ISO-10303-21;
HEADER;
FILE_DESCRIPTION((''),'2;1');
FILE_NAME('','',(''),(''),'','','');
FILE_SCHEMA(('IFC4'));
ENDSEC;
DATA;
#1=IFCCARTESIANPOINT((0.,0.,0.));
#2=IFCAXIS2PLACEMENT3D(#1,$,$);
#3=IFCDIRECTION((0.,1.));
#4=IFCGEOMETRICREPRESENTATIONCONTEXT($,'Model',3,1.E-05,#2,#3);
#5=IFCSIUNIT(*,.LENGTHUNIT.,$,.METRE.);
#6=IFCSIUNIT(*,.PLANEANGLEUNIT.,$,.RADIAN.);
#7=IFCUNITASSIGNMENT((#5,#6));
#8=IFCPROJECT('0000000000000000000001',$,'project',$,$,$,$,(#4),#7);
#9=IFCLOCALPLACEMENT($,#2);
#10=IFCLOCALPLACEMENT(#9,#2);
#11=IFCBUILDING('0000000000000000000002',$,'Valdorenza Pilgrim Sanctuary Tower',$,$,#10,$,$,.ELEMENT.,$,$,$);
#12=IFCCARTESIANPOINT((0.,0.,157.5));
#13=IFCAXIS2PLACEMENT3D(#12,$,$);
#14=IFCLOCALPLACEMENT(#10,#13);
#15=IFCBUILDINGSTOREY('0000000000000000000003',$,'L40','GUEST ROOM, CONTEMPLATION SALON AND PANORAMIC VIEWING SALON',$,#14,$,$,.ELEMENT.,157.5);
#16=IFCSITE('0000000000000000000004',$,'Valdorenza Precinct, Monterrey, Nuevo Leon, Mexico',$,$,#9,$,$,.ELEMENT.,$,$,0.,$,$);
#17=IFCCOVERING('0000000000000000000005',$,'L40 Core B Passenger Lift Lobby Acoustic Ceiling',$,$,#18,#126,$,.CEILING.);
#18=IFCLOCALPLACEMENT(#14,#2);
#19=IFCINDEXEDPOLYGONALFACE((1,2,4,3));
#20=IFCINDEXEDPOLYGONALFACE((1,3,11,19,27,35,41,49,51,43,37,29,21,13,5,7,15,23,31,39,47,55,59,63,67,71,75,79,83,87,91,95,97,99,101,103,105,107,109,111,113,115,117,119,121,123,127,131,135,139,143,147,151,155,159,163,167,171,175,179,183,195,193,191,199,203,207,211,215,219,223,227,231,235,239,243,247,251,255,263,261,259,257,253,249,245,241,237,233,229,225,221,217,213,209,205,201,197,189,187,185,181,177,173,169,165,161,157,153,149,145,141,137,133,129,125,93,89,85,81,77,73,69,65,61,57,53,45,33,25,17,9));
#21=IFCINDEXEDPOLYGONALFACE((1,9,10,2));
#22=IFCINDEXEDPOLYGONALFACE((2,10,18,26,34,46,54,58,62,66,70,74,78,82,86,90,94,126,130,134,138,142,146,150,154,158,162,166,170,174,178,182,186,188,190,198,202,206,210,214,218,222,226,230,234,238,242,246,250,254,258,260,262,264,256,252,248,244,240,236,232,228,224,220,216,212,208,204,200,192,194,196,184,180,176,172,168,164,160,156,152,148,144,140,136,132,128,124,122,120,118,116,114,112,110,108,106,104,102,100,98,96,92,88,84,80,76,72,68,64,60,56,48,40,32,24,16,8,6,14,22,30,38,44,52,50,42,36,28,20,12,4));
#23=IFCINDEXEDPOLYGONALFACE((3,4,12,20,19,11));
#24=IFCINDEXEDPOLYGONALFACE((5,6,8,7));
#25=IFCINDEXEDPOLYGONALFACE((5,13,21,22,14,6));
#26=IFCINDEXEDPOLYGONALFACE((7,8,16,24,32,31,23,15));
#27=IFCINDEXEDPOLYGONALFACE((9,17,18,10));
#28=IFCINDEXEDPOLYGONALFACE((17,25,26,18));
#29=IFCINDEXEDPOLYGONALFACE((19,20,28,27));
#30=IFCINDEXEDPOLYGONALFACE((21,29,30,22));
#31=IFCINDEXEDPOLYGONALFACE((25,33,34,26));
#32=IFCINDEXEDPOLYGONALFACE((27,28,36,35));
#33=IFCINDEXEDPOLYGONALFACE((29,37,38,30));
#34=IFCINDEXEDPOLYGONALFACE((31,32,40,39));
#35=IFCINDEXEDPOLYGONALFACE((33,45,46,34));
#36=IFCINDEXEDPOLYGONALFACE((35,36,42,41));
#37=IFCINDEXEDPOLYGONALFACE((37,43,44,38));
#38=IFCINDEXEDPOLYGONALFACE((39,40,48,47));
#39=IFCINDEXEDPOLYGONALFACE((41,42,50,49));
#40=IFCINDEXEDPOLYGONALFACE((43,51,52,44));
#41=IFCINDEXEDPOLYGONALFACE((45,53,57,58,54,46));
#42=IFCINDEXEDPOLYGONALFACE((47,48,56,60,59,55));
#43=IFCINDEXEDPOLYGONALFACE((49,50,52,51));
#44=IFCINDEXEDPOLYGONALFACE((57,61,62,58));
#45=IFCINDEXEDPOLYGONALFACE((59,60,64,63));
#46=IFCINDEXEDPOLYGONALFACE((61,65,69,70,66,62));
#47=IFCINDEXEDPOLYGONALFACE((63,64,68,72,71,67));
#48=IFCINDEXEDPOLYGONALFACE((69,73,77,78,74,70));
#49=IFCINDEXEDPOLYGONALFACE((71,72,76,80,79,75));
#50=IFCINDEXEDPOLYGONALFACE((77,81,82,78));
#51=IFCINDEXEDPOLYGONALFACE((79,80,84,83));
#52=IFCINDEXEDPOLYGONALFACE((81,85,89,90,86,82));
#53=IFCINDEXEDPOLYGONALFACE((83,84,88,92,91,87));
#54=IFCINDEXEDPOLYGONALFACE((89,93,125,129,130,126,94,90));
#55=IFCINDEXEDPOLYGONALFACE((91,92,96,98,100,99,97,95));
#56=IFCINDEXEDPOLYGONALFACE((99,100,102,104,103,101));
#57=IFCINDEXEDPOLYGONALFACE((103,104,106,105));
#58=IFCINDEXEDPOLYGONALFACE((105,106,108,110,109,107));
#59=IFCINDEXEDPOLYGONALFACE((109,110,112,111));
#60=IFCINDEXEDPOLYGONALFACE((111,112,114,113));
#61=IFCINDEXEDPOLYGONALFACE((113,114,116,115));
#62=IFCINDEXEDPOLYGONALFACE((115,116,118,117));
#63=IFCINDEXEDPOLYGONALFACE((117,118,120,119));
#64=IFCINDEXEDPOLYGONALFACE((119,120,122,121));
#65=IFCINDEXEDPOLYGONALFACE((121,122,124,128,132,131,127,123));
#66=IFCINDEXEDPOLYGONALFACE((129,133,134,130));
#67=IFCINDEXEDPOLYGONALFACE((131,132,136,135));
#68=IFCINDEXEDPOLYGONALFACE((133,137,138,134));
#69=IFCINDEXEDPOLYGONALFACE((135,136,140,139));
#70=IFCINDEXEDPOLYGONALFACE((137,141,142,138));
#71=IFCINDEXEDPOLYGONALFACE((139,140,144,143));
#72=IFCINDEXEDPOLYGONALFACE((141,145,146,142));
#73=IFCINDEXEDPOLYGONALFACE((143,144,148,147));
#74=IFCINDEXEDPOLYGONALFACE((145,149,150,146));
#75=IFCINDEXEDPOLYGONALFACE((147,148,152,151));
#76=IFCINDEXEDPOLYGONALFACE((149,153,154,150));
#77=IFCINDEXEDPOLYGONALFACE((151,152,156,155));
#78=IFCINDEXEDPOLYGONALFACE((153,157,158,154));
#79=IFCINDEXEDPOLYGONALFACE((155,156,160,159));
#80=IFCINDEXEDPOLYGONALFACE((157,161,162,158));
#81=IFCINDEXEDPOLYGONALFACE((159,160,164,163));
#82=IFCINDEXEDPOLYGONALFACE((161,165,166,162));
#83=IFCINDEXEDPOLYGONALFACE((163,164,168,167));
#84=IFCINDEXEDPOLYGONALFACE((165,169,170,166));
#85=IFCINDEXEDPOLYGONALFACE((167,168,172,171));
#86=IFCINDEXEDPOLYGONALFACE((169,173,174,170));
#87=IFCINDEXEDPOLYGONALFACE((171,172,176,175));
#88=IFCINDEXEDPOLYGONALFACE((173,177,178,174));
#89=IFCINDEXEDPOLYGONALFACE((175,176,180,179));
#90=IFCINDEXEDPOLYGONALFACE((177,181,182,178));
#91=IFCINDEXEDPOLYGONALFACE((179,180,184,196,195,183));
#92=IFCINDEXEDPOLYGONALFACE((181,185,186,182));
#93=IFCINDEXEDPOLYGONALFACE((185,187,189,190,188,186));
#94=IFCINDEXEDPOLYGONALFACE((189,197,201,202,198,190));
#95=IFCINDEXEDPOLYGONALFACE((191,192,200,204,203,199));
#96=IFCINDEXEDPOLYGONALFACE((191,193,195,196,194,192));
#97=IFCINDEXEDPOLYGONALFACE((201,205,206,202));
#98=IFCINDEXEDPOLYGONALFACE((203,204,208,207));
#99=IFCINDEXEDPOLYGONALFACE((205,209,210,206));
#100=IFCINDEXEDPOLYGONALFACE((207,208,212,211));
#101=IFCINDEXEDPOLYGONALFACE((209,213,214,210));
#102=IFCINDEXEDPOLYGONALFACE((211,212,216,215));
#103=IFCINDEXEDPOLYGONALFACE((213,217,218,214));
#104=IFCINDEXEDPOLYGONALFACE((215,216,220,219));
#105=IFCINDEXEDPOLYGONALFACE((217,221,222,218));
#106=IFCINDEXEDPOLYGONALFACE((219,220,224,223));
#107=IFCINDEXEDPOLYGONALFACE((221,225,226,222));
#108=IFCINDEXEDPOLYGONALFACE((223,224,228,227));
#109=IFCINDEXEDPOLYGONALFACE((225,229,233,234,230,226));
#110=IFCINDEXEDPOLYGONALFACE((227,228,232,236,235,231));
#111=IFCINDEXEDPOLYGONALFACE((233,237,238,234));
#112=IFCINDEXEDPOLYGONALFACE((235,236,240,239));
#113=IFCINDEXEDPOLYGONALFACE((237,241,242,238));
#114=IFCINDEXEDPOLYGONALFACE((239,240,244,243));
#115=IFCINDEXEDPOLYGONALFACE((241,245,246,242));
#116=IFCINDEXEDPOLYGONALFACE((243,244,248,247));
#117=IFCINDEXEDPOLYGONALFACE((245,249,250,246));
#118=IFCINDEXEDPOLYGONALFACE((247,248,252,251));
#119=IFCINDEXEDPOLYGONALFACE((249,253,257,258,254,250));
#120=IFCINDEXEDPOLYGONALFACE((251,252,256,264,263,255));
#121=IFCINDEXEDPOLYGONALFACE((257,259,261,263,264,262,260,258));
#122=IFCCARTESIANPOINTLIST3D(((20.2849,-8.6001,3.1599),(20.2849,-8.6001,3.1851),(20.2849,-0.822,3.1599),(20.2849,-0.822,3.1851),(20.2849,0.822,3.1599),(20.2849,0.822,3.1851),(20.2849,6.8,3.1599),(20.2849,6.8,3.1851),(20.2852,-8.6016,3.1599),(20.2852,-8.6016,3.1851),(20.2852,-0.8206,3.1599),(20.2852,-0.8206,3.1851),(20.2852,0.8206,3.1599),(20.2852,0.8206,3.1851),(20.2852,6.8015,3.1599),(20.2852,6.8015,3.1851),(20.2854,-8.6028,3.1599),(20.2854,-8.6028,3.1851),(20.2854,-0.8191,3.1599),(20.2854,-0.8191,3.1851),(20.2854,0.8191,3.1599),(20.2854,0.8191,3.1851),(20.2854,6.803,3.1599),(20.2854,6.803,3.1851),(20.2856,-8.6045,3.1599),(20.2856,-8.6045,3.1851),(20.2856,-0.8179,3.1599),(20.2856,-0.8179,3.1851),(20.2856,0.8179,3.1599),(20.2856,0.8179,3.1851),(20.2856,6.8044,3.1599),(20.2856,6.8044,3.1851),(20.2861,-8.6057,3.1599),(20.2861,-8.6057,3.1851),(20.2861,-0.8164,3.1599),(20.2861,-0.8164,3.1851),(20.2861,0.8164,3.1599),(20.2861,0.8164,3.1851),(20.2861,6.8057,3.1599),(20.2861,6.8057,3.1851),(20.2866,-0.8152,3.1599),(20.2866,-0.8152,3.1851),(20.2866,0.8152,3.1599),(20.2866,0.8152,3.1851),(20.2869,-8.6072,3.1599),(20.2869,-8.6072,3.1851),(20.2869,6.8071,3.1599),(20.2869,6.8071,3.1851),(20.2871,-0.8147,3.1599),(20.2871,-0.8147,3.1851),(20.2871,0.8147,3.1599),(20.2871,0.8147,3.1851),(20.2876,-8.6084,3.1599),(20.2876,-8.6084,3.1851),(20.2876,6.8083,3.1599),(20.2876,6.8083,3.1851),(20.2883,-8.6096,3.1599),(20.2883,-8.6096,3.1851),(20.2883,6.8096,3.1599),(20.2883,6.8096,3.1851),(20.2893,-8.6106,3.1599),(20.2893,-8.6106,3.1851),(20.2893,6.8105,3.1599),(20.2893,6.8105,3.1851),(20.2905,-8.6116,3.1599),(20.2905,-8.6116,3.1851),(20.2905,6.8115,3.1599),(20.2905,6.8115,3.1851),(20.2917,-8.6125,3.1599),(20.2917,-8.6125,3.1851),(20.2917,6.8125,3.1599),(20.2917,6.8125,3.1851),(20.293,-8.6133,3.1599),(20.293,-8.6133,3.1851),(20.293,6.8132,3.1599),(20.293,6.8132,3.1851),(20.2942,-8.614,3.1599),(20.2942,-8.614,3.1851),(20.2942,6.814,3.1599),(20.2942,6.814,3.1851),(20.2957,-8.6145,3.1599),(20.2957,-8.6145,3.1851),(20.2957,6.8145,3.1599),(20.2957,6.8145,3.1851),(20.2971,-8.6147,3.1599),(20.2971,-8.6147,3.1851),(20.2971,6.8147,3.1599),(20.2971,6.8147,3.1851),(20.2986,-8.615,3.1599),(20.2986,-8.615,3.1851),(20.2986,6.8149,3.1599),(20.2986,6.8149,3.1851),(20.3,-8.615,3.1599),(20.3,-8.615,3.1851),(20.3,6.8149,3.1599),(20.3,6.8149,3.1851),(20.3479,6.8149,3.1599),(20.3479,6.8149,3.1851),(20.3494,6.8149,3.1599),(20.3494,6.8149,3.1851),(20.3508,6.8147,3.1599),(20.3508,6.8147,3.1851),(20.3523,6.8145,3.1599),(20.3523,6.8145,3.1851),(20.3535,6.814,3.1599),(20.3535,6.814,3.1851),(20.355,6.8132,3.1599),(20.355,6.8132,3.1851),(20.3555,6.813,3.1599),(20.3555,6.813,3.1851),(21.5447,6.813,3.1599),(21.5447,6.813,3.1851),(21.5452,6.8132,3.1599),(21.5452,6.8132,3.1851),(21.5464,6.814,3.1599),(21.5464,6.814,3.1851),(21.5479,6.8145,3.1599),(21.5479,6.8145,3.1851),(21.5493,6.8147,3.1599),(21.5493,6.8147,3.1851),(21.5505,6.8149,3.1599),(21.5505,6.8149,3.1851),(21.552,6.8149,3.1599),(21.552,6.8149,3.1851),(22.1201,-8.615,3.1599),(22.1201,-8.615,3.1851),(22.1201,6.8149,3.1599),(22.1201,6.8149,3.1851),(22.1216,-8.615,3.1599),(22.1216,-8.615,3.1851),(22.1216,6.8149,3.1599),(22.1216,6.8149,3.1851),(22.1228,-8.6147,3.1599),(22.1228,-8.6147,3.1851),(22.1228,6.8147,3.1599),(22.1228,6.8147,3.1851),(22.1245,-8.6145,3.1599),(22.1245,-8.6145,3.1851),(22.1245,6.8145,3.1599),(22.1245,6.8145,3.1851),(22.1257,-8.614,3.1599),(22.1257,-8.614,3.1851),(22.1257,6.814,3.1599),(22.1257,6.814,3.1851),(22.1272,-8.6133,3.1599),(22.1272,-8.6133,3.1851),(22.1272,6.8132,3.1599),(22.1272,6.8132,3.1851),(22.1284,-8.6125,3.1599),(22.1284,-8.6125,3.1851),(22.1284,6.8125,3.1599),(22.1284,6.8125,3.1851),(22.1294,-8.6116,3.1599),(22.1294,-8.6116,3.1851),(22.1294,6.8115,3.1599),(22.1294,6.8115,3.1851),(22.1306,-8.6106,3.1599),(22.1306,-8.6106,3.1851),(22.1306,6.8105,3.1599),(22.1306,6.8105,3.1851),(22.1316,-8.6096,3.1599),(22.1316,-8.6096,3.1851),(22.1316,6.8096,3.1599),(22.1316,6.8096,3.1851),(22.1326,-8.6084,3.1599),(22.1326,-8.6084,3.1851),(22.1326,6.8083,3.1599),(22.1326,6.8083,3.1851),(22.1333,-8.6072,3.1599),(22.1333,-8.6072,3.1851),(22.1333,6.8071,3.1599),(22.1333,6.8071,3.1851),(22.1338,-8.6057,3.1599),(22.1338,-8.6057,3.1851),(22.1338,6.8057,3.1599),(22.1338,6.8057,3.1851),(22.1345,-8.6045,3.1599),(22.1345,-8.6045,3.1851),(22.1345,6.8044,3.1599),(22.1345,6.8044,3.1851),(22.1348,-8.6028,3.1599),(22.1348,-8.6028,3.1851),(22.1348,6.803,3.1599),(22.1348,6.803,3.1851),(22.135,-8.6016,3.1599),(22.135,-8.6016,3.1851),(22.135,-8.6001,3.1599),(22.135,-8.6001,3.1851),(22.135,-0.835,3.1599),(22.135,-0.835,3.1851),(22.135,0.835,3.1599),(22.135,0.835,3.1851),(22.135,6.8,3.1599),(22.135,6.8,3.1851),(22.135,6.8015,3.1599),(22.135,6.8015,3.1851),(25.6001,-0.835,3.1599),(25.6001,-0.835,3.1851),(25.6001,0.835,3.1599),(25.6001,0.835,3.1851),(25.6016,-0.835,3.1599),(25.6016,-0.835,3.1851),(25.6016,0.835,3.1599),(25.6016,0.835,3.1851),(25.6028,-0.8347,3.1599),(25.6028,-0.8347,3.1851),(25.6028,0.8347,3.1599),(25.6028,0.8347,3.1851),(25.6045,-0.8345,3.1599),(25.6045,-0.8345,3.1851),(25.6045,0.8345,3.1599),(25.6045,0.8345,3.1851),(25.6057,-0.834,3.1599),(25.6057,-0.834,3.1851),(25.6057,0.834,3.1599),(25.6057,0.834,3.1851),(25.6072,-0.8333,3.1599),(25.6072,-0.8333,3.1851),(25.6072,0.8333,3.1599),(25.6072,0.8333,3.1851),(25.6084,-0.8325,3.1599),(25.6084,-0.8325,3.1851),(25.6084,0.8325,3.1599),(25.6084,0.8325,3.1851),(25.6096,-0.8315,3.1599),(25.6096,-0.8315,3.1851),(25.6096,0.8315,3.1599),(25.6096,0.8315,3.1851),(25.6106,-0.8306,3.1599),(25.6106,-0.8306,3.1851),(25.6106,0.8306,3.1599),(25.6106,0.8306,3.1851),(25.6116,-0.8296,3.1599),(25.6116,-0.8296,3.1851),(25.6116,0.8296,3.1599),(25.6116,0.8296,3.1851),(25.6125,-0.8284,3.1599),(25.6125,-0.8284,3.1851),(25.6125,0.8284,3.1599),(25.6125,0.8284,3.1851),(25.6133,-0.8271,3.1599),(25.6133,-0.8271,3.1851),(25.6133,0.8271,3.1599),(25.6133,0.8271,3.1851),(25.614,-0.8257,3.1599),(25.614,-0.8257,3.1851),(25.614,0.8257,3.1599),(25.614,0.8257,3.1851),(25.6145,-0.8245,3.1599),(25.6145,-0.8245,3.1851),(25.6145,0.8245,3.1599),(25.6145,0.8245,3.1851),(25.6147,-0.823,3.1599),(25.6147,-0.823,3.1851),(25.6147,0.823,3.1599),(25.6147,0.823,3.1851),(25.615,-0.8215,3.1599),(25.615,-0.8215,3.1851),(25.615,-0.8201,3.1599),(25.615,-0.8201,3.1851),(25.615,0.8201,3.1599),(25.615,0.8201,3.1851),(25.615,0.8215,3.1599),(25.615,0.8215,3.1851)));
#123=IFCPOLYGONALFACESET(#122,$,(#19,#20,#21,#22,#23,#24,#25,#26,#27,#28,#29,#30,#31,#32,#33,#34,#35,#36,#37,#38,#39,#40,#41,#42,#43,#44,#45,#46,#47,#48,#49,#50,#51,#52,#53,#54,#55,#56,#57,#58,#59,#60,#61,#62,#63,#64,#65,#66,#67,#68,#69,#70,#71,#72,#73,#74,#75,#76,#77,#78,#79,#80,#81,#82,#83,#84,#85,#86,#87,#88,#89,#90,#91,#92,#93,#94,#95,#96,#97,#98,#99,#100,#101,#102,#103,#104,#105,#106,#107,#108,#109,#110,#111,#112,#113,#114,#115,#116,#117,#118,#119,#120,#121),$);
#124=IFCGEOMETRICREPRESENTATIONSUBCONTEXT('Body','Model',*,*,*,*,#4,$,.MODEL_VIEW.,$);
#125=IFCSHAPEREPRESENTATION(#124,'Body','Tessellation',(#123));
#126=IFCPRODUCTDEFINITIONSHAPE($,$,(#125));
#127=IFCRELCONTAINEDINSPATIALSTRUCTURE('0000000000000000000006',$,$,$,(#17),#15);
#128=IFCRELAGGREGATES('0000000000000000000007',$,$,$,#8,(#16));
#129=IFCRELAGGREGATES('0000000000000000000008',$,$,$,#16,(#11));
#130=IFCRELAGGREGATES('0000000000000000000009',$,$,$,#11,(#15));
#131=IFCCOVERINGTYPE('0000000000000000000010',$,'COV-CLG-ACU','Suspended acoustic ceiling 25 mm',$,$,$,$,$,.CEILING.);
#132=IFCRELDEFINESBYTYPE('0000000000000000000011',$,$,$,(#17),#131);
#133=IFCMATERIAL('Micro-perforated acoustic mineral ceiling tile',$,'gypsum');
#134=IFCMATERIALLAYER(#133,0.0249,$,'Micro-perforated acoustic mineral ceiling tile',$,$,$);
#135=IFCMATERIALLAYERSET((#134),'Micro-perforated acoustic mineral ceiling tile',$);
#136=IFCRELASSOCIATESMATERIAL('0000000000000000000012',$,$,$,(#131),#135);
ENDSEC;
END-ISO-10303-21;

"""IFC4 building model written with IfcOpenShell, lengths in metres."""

from ifc_helpers import new_model, si_unit, direction, frame, origin, place, context, subcontext, project, spatial, polyline, outline, extrude, material, layer, layer_set, type_object, element, save


model = new_model("IFC4")

# Units and contexts
model_context = context("Model", 3, precision=1e-05, world=origin(), true_north=direction((0.0, 1.0)))
body_context = subcontext(model_context, "Body", "Model", "MODEL_VIEW")
ifc_project = project(units=[si_unit("LENGTHUNIT", "METRE"), si_unit("PLANEANGLEUNIT", "RADIAN")], contexts=[model_context])

# Site, building, storey
site_placement = place(None, origin())
site = spatial("IfcSite", under=ifc_project, at=site_placement, Name="Valdorenza Precinct, Monterrey, Nuevo Leon, Mexico", CompositionType="ELEMENT", RefElevation=0.0)
building_placement = place(site_placement, origin())
building = spatial("IfcBuilding", under=site, at=building_placement, Name="Valdorenza Pilgrim Sanctuary Tower", CompositionType="ELEMENT")
storey_placement = place(building_placement, frame((0.0, 0.0, 157.5)))
storey = spatial("IfcBuildingStorey", under=building, at=storey_placement, Name="L40", Description="GUEST ROOM, CONTEMPLATION SALON AND PANORAMIC VIEWING SALON", CompositionType="ELEMENT", Elevation=157.5)

# Covering
ifc_material_1 = material(Name="Micro-perforated acoustic mineral ceiling tile", Category="gypsum")
ifc_layer_1 = layer(ifc_material_1, 0.0249, Name="Micro-perforated acoustic mineral ceiling tile")
ifc_layer_set_1 = layer_set([ifc_layer_1], Name="Micro-perforated acoustic mineral ceiling tile")
covering_type_1 = type_object("IfcCoveringType", Name="COV-CLG-ACU", Description="Suspended acoustic ceiling 25 mm", PredefinedType="CEILING", material=ifc_layer_set_1)
covering_1_placement = place(storey_placement, frame((0.0, 0.0, 3.1599)))
element("IfcCovering", 1, at=covering_1_placement, inside=storey, type_object=covering_type_1, Name="L40 Core B Passenger Lift Lobby Acoustic Ceiling", PredefinedType="CEILING", context=body_context, shape_type="SweptSolid", body=[
    extrude(outline(polyline([(20.2871, -0.8147), (20.2871, 0.8147), (20.2866, 0.8152), (20.2861, 0.8164), (20.2856, 0.8179), (20.2854, 0.8191), (20.2852, 0.8206), (20.2849, 0.822), (20.2849, 6.8), (20.2852, 6.8015), (20.2854, 6.803), (20.2856, 6.8044), (20.2861, 6.8057), (20.2869, 6.8071), (20.2876, 6.8083), (20.2883, 6.8096), (20.2893, 6.8105), (20.2905, 6.8115), (20.2917, 6.8125), (20.293, 6.8132), (20.2942, 6.814), (20.2957, 6.8145), (20.2971, 6.8147), (20.2986, 6.8149), (20.3, 6.8149), (20.3479, 6.8149), (20.3494, 6.8149), (20.3508, 6.8147), (20.3523, 6.8145), (20.3535, 6.814), (20.355, 6.8132), (20.3555, 6.813), (21.5447, 6.813), (21.5452, 6.8132), (21.5464, 6.814), (21.5479, 6.8145), (21.5493, 6.8147), (21.5505, 6.8149), (21.552, 6.8149), (22.1201, 6.8149), (22.1216, 6.8149), (22.1228, 6.8147), (22.1245, 6.8145), (22.1257, 6.814), (22.1272, 6.8132), (22.1284, 6.8125), (22.1294, 6.8115), (22.1306, 6.8105), (22.1316, 6.8096), (22.1326, 6.8083), (22.1333, 6.8071), (22.1338, 6.8057), (22.1345, 6.8044), (22.1348, 6.803), (22.135, 6.8015), (22.135, 6.8), (22.135, 0.835), (25.6001, 0.835), (25.6016, 0.835), (25.6028, 0.8347), (25.6045, 0.8345), (25.6057, 0.834), (25.6072, 0.8333), (25.6084, 0.8325), (25.6096, 0.8315), (25.6106, 0.8306), (25.6116, 0.8296), (25.6125, 0.8284), (25.6133, 0.8271), (25.614, 0.8257), (25.6145, 0.8245), (25.6147, 0.823), (25.615, 0.8215), (25.615, 0.8201), (25.615, -0.8201), (25.615, -0.8215), (25.6147, -0.823), (25.6145, -0.8245), (25.614, -0.8257), (25.6133, -0.8271), (25.6125, -0.8284), (25.6116, -0.8296), (25.6106, -0.8306), (25.6096, -0.8315), (25.6084, -0.8325), (25.6072, -0.8333), (25.6057, -0.834), (25.6045, -0.8345), (25.6028, -0.8347), (25.6016, -0.835), (25.6001, -0.835), (22.135, -0.835), (22.135, -8.6001), (22.135, -8.6016), (22.1348, -8.6028), (22.1345, -8.6045), (22.1338, -8.6057), (22.1333, -8.6072), (22.1326, -8.6084), (22.1316, -8.6096), (22.1306, -8.6106), (22.1294, -8.6116), (22.1284, -8.6125), (22.1272, -8.6133), (22.1257, -8.614), (22.1245, -8.6145), (22.1228, -8.6147), (22.1216, -8.615), (22.1201, -8.615), (20.3, -8.615), (20.2986, -8.615), (20.2971, -8.6147), (20.2957, -8.6145), (20.2942, -8.614), (20.293, -8.6133), (20.2917, -8.6125), (20.2905, -8.6116), (20.2893, -8.6106), (20.2883, -8.6096), (20.2876, -8.6084), (20.2869, -8.6072), (20.2861, -8.6057), (20.2856, -8.6045), (20.2854, -8.6028), (20.2852, -8.6016), (20.2849, -8.6001), (20.2849, -0.822), (20.2852, -0.8206), (20.2854, -0.8191), (20.2856, -0.8179), (20.2861, -0.8164), (20.2866, -0.8152), (20.2871, -0.8147)])), origin(), (0.0, 0.0, 1.0), 0.0251),
])

save(model, "model.ifc")
